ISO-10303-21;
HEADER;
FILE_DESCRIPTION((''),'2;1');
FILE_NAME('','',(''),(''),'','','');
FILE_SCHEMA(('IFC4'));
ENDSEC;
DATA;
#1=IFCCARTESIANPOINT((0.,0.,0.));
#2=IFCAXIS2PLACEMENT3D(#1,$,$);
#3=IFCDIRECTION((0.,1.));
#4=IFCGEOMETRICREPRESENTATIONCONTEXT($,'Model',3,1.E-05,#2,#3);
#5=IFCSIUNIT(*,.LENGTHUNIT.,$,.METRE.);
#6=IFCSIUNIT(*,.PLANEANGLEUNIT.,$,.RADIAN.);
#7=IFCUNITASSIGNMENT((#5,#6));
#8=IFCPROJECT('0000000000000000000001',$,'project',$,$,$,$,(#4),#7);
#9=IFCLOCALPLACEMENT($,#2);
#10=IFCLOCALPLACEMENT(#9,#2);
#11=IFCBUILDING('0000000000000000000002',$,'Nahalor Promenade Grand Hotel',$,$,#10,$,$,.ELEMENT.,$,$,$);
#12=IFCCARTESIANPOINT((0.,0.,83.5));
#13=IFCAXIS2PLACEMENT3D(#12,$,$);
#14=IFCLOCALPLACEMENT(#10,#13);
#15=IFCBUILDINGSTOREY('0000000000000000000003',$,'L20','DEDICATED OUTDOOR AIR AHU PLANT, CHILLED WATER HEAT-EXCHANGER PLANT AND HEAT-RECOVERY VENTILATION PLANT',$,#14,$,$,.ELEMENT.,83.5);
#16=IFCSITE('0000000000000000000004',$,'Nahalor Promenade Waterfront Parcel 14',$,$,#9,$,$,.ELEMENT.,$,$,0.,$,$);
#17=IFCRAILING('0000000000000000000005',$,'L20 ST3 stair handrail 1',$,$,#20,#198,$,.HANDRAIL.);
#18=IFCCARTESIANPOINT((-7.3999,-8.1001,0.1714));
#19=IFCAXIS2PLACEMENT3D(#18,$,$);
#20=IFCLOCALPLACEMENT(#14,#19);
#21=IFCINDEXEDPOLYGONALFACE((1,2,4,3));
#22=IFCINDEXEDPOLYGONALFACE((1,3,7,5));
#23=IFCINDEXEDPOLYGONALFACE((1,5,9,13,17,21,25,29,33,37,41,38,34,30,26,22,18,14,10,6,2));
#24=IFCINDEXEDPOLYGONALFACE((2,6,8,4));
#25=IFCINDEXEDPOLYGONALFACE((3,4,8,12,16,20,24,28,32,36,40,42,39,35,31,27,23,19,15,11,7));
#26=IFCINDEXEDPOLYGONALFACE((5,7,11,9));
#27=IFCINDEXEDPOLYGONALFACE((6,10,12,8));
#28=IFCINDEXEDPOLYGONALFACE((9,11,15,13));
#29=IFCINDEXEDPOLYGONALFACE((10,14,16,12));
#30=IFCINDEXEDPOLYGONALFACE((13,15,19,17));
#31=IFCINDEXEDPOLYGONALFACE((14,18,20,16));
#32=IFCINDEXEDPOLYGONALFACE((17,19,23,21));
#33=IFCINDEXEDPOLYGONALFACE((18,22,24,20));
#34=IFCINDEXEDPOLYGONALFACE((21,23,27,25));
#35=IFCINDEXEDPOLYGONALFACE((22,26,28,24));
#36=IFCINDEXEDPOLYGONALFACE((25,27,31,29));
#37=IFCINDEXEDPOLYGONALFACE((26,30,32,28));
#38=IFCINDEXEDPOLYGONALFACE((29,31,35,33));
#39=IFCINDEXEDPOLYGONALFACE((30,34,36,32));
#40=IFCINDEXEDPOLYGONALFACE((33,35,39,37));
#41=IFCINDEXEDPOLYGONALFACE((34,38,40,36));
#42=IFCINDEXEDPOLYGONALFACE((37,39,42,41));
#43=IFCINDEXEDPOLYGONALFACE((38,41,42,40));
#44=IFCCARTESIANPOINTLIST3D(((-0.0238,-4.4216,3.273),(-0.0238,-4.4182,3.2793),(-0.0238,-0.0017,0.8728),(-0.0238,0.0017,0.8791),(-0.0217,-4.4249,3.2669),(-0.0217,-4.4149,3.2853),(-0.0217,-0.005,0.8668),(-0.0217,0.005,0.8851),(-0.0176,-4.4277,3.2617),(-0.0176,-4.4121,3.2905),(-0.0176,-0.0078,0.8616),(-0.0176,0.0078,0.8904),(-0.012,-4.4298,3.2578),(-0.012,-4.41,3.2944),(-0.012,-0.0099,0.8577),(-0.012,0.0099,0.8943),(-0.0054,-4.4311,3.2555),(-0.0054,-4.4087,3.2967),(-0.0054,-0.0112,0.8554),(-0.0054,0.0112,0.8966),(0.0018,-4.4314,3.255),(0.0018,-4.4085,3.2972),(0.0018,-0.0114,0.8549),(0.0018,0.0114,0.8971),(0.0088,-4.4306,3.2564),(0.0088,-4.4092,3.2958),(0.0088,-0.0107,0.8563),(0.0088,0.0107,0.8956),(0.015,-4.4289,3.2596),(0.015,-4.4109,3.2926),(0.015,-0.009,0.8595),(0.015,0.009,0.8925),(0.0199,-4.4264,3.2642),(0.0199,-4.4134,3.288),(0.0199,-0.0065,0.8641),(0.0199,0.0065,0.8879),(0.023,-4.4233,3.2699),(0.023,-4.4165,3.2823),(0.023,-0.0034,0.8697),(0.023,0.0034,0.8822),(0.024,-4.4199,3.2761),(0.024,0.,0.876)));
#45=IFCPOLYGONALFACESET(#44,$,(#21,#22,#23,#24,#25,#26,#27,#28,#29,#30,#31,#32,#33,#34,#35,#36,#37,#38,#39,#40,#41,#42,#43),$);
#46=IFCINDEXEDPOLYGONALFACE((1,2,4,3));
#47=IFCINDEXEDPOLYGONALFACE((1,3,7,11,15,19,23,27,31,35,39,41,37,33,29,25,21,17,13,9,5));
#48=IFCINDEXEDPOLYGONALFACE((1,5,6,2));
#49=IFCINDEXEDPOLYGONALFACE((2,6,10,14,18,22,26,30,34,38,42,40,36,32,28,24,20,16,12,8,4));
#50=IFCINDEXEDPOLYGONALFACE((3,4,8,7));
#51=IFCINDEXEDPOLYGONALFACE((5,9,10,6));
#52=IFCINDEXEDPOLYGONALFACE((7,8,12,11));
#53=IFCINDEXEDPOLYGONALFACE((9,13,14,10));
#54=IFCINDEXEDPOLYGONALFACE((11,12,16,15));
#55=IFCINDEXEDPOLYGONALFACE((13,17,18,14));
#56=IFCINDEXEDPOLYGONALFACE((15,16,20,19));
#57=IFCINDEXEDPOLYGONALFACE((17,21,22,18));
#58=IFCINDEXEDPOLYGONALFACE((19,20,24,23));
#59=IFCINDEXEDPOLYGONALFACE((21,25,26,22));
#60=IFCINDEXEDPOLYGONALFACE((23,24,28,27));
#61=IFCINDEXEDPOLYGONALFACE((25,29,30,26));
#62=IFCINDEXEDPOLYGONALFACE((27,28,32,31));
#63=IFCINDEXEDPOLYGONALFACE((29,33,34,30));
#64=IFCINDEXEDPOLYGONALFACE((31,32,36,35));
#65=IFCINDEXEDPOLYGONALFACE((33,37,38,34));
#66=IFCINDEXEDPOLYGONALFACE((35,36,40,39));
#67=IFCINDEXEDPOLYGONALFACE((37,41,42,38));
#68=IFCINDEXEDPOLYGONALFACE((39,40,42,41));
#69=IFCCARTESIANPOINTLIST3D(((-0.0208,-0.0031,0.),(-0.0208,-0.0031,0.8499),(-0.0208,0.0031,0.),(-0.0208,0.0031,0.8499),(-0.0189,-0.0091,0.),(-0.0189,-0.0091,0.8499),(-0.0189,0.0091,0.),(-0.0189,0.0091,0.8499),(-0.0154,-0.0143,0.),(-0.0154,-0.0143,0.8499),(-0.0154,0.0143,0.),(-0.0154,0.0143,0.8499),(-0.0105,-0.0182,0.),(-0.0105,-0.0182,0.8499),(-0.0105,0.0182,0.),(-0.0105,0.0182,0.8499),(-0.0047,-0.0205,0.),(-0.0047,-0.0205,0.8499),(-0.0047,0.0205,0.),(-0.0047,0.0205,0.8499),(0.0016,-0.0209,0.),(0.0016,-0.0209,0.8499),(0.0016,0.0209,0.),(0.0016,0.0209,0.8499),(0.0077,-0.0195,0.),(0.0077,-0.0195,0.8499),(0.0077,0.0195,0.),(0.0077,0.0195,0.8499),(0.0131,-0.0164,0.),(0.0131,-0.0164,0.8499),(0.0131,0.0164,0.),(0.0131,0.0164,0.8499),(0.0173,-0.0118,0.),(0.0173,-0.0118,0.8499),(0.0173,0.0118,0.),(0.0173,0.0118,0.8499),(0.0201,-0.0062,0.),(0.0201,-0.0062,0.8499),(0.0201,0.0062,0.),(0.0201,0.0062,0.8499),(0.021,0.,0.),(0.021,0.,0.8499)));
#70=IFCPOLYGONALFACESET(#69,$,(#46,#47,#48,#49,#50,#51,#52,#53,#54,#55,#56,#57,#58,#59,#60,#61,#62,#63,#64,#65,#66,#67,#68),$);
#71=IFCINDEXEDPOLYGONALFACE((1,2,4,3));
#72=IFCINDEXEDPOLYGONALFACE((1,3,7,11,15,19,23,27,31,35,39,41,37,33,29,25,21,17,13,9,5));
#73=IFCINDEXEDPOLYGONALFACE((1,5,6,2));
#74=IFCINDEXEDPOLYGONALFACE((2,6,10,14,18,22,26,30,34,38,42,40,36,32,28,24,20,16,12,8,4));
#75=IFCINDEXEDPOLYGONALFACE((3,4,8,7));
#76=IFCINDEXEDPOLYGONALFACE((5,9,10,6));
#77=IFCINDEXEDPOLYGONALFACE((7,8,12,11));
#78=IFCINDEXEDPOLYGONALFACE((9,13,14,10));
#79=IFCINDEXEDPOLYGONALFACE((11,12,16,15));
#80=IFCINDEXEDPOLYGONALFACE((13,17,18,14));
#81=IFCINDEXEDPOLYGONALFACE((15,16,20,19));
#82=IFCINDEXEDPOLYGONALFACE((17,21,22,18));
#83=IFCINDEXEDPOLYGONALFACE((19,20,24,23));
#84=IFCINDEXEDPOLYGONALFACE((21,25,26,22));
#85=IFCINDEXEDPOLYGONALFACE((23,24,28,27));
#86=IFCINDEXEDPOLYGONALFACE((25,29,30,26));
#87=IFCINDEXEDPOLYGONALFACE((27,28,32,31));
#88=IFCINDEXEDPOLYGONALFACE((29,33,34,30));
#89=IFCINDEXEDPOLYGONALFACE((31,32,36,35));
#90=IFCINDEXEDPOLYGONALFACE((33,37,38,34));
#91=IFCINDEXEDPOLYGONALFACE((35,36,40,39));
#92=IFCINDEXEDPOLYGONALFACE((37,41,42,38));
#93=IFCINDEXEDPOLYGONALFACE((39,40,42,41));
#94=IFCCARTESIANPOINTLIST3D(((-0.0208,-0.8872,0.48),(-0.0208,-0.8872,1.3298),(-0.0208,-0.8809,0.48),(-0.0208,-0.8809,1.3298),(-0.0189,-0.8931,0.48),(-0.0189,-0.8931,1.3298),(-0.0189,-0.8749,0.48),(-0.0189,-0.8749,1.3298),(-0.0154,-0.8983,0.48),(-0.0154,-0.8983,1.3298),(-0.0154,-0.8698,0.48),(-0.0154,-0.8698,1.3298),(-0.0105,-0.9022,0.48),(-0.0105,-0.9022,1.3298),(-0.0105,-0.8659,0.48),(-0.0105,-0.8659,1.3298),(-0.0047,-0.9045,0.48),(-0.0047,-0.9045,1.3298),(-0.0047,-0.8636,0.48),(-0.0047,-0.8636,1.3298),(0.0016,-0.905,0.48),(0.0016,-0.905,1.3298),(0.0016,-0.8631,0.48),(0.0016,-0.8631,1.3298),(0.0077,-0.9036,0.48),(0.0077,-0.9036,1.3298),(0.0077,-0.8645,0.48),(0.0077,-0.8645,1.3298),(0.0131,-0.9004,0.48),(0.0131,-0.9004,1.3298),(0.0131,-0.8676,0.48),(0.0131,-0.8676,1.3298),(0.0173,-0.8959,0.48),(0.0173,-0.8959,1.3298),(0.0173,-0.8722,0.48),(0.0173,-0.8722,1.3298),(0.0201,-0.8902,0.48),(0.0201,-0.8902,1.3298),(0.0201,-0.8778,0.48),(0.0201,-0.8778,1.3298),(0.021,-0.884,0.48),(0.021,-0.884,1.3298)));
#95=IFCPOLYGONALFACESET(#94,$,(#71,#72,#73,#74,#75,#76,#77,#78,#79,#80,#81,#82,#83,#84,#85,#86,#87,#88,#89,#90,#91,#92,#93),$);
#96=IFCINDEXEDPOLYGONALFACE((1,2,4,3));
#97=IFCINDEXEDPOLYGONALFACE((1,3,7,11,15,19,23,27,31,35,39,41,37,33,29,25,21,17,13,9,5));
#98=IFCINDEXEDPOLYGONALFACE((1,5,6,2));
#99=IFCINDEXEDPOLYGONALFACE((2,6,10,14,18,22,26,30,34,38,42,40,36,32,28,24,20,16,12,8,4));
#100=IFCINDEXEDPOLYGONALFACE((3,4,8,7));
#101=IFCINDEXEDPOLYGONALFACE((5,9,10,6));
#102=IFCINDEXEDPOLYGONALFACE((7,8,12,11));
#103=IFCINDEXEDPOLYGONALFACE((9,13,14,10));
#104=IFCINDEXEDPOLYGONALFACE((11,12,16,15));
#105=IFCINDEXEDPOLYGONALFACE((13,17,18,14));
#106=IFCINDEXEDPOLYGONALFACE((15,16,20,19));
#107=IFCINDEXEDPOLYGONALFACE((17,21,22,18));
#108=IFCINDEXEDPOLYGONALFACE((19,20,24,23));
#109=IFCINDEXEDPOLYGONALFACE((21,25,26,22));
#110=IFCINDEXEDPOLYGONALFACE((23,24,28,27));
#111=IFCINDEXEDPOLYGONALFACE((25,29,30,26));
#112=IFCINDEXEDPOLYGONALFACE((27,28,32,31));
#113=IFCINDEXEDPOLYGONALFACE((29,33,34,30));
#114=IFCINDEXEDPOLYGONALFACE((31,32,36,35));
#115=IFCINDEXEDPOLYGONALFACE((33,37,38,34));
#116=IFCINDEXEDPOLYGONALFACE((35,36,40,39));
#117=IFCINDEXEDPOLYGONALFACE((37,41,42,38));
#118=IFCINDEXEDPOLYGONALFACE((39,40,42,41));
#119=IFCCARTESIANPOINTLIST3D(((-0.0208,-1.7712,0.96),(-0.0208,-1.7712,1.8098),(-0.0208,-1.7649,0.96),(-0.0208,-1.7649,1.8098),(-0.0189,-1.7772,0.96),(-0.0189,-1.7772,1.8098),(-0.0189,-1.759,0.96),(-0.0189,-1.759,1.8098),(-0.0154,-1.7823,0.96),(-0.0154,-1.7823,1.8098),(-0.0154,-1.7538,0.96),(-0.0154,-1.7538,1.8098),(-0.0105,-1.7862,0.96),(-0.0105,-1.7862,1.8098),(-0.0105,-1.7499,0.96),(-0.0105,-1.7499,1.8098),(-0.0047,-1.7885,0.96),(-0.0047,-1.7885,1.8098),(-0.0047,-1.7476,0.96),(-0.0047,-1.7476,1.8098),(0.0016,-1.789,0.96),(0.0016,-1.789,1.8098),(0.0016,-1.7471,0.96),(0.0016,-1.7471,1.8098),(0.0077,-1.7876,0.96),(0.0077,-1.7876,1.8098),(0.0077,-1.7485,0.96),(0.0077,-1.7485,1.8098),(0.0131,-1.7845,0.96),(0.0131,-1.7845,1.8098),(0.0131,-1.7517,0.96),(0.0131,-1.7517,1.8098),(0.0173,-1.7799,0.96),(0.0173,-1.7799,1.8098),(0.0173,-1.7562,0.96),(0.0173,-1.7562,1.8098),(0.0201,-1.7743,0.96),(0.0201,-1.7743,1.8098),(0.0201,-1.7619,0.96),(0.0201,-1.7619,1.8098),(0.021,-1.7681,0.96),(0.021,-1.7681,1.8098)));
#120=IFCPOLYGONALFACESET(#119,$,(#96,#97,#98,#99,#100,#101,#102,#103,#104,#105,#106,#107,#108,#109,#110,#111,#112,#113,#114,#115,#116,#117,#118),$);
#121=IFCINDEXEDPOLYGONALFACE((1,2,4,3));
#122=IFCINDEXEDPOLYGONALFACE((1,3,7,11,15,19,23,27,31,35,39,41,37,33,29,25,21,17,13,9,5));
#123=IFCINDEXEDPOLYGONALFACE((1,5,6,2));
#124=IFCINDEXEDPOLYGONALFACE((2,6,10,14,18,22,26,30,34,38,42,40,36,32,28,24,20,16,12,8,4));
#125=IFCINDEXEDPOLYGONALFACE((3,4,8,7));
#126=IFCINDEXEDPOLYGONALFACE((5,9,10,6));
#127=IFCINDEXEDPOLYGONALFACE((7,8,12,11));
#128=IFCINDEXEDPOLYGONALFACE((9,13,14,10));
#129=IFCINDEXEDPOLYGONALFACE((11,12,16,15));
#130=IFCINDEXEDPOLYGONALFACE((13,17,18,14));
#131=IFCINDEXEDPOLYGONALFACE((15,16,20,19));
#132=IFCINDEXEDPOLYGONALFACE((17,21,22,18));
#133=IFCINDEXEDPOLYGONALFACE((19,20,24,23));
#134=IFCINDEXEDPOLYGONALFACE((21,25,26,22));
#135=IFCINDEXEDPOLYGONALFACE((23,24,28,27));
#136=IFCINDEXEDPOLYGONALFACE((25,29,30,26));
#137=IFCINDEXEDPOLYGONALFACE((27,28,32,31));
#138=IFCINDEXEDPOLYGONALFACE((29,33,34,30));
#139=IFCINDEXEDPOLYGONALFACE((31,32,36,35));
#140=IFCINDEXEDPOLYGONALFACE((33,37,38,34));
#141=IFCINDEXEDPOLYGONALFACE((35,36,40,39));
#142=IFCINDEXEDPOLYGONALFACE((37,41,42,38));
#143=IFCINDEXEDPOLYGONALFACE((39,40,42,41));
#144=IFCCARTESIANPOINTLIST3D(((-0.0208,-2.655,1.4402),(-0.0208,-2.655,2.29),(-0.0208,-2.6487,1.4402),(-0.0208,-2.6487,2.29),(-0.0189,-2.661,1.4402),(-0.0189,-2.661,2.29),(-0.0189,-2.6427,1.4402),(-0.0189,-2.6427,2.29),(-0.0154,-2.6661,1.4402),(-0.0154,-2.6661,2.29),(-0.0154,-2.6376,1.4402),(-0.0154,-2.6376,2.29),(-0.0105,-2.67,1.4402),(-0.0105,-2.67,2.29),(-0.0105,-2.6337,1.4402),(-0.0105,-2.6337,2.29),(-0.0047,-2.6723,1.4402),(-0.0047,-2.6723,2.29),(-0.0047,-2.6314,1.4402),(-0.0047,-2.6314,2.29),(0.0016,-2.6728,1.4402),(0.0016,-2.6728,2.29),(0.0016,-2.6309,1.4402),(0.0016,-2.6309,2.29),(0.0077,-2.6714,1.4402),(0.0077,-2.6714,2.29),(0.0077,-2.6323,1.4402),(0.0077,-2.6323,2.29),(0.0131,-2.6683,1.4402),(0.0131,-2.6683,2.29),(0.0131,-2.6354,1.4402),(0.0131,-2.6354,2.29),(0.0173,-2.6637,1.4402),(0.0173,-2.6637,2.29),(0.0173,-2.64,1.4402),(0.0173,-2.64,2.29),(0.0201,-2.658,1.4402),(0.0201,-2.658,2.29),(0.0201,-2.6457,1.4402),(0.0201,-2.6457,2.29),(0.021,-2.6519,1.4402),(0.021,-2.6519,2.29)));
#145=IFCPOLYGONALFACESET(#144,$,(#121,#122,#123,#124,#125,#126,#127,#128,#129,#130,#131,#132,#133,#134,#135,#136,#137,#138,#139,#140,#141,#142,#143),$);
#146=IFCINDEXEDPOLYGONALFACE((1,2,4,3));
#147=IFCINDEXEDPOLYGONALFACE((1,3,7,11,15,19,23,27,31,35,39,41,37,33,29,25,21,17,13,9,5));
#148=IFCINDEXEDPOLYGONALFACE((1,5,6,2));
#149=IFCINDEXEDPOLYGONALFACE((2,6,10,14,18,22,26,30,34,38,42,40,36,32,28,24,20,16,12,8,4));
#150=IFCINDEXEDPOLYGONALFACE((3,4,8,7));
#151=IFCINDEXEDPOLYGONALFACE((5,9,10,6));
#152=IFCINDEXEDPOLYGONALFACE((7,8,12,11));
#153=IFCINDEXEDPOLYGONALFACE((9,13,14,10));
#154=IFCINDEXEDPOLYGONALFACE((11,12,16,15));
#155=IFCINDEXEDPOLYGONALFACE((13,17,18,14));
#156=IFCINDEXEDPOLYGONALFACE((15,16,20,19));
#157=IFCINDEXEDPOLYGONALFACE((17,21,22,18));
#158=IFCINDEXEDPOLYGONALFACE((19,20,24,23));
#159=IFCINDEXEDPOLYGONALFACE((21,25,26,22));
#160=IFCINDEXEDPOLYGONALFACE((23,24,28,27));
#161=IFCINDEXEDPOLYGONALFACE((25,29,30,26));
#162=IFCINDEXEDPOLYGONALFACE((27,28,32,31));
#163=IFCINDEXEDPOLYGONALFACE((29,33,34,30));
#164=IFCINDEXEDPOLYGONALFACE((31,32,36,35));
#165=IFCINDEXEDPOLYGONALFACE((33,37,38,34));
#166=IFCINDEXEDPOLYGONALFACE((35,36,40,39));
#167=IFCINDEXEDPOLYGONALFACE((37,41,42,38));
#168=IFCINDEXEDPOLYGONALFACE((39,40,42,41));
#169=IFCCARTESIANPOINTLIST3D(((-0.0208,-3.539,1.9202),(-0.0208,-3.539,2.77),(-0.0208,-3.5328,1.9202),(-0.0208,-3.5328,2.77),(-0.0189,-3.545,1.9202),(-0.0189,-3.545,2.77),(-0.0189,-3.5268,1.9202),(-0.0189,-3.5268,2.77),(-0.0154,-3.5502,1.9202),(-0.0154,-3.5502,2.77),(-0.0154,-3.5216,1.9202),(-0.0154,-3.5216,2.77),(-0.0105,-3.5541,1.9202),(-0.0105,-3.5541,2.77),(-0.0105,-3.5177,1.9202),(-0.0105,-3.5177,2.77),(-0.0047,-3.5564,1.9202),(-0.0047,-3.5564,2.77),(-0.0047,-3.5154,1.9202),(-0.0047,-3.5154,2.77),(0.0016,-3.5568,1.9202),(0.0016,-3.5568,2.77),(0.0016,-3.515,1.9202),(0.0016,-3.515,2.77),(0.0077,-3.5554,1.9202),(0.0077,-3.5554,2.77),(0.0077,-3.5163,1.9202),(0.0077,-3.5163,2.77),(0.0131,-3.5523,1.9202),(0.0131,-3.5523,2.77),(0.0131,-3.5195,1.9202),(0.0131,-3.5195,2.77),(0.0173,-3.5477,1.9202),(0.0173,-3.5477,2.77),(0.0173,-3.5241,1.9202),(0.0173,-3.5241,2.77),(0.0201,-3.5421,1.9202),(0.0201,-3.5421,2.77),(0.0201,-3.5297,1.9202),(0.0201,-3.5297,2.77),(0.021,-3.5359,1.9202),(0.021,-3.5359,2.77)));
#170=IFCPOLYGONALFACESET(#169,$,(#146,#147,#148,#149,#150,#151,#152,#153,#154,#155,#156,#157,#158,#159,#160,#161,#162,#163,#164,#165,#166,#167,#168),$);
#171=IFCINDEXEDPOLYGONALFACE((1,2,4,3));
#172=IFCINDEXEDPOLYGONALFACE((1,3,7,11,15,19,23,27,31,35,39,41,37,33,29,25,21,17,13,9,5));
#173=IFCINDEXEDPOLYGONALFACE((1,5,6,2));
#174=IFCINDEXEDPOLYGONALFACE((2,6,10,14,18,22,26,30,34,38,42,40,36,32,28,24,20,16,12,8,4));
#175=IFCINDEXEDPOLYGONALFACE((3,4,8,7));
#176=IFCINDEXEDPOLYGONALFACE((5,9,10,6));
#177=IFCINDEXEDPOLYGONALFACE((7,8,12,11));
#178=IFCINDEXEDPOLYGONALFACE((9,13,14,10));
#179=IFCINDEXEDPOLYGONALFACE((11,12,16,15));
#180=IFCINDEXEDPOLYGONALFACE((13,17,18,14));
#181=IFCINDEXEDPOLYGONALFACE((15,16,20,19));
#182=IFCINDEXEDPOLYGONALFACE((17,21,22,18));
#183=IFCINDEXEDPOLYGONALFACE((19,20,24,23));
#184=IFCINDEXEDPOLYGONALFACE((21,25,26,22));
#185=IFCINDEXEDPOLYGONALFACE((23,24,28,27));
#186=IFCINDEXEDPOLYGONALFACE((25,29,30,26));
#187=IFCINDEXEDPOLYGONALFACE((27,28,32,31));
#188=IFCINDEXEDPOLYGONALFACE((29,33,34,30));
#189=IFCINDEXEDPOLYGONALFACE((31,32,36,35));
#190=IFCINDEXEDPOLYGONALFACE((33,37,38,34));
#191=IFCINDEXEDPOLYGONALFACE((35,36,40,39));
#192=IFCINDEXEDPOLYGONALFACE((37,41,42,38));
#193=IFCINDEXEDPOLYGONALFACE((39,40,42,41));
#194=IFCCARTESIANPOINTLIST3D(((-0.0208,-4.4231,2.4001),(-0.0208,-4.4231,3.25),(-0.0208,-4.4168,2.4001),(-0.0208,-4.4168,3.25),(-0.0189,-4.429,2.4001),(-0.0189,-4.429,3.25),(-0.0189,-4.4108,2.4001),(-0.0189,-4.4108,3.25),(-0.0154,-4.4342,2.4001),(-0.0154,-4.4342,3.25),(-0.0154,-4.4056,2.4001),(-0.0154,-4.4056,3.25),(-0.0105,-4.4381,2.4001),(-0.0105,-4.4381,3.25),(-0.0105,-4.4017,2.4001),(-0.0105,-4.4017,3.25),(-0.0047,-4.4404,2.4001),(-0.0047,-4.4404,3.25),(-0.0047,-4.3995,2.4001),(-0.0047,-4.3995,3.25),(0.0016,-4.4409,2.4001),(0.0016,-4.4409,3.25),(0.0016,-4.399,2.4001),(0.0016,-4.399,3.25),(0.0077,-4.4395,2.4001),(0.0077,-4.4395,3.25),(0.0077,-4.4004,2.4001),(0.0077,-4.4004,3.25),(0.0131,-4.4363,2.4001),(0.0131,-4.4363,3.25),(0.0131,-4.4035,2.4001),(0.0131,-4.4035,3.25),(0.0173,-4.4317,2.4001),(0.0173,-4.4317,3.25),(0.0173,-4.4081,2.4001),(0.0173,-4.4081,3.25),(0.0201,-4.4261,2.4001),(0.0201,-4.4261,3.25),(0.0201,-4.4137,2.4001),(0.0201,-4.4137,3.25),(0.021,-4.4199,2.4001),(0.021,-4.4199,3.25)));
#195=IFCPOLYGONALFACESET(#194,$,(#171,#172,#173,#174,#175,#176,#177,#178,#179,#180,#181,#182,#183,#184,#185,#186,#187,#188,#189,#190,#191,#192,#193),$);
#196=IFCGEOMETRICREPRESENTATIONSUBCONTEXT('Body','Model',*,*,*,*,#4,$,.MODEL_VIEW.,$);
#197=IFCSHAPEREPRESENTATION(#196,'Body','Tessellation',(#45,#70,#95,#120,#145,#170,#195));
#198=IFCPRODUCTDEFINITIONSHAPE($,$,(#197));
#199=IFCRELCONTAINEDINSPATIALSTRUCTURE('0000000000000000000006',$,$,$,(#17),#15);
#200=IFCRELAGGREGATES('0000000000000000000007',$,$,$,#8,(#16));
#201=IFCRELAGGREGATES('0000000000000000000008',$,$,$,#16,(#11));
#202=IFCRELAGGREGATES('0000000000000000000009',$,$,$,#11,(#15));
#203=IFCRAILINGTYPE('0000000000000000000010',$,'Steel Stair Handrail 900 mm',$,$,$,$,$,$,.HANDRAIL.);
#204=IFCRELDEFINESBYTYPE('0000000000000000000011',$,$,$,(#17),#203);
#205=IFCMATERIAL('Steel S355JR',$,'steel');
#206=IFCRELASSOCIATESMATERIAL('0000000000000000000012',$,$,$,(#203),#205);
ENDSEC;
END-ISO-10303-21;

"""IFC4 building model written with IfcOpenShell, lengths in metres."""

from ifc_helpers import new_model, si_unit, direction, frame, origin, origin_2d, place, context, subcontext, project, spatial, circle, extrude, material, type_object, element, save


model = new_model("IFC4")

# Units and contexts
model_context = context("Model", 3, precision=1e-05, world=origin(), true_north=direction((0.0, 1.0)))
body_context = subcontext(model_context, "Body", "Model", "MODEL_VIEW")
ifc_project = project(units=[si_unit("LENGTHUNIT", "METRE"), si_unit("PLANEANGLEUNIT", "RADIAN")], contexts=[model_context])

# Site, building, storey
site_placement = place(None, origin())
site = spatial("IfcSite", under=ifc_project, at=site_placement, Name="Nahalor Promenade Waterfront Parcel 14", CompositionType="ELEMENT", RefElevation=0.0)
building_placement = place(site_placement, origin())
building = spatial("IfcBuilding", under=site, at=building_placement, Name="Nahalor Promenade Grand Hotel", CompositionType="ELEMENT")
storey_placement = place(building_placement, frame((0.0, 0.0, 83.5)))
storey = spatial("IfcBuildingStorey", under=building, at=storey_placement, Name="L20", Description="DEDICATED OUTDOOR AIR AHU PLANT, CHILLED WATER HEAT-EXCHANGER PLANT AND HEAT-RECOVERY VENTILATION PLANT", CompositionType="ELEMENT", Elevation=83.5)

# Shared definitions
ifc_material_1 = material(Name="Steel S355JR", Category="steel")

# Railing
railing_type_1 = type_object("IfcRailingType", Name="Steel Stair Handrail 900 mm", PredefinedType="HANDRAIL", material=ifc_material_1)
railing_1_placement = place(storey_placement, frame((-7.3999, -8.1001, 0.1714)))
element("IfcRailing", 1, at=railing_1_placement, inside=storey, type_object=railing_type_1, Name="L20 ST3 stair handrail 1", PredefinedType="HANDRAIL", context=body_context, shape_type="SweptSolid", body=[
    extrude(circle(Radius=0.024, at=origin_2d()), frame((0.0, 0.0, 0.876), z_axis=(0.0, -0.87879, 0.477209), x_axis=(1.0, 0.0, 0.0)), (0.0, 0.0, 1.0), 5.0295),
    extrude(circle(Radius=0.021, at=origin_2d()), origin(), (0.0, 0.0, 1.0), 0.8499),
    extrude(circle(Radius=0.021, at=origin_2d()), frame((0.0, -0.884, 0.48)), (0.0, 0.0, 1.0), 0.8499),
    extrude(circle(Radius=0.021, at=origin_2d()), frame((0.0, -1.7681, 0.96)), (0.0, 0.0, 1.0), 0.8499),
    extrude(circle(Radius=0.021, at=origin_2d()), frame((0.0, -2.6519, 1.4402)), (0.0, 0.0, 1.0), 0.8499),
    extrude(circle(Radius=0.021, at=origin_2d()), frame((0.0, -3.5359, 1.9202)), (0.0, 0.0, 1.0), 0.8499),
    extrude(circle(Radius=0.021, at=origin_2d()), frame((0.0, -4.4199, 2.4001)), (0.0, 0.0, 1.0), 0.8499),
])

save(model, "model.ifc")
